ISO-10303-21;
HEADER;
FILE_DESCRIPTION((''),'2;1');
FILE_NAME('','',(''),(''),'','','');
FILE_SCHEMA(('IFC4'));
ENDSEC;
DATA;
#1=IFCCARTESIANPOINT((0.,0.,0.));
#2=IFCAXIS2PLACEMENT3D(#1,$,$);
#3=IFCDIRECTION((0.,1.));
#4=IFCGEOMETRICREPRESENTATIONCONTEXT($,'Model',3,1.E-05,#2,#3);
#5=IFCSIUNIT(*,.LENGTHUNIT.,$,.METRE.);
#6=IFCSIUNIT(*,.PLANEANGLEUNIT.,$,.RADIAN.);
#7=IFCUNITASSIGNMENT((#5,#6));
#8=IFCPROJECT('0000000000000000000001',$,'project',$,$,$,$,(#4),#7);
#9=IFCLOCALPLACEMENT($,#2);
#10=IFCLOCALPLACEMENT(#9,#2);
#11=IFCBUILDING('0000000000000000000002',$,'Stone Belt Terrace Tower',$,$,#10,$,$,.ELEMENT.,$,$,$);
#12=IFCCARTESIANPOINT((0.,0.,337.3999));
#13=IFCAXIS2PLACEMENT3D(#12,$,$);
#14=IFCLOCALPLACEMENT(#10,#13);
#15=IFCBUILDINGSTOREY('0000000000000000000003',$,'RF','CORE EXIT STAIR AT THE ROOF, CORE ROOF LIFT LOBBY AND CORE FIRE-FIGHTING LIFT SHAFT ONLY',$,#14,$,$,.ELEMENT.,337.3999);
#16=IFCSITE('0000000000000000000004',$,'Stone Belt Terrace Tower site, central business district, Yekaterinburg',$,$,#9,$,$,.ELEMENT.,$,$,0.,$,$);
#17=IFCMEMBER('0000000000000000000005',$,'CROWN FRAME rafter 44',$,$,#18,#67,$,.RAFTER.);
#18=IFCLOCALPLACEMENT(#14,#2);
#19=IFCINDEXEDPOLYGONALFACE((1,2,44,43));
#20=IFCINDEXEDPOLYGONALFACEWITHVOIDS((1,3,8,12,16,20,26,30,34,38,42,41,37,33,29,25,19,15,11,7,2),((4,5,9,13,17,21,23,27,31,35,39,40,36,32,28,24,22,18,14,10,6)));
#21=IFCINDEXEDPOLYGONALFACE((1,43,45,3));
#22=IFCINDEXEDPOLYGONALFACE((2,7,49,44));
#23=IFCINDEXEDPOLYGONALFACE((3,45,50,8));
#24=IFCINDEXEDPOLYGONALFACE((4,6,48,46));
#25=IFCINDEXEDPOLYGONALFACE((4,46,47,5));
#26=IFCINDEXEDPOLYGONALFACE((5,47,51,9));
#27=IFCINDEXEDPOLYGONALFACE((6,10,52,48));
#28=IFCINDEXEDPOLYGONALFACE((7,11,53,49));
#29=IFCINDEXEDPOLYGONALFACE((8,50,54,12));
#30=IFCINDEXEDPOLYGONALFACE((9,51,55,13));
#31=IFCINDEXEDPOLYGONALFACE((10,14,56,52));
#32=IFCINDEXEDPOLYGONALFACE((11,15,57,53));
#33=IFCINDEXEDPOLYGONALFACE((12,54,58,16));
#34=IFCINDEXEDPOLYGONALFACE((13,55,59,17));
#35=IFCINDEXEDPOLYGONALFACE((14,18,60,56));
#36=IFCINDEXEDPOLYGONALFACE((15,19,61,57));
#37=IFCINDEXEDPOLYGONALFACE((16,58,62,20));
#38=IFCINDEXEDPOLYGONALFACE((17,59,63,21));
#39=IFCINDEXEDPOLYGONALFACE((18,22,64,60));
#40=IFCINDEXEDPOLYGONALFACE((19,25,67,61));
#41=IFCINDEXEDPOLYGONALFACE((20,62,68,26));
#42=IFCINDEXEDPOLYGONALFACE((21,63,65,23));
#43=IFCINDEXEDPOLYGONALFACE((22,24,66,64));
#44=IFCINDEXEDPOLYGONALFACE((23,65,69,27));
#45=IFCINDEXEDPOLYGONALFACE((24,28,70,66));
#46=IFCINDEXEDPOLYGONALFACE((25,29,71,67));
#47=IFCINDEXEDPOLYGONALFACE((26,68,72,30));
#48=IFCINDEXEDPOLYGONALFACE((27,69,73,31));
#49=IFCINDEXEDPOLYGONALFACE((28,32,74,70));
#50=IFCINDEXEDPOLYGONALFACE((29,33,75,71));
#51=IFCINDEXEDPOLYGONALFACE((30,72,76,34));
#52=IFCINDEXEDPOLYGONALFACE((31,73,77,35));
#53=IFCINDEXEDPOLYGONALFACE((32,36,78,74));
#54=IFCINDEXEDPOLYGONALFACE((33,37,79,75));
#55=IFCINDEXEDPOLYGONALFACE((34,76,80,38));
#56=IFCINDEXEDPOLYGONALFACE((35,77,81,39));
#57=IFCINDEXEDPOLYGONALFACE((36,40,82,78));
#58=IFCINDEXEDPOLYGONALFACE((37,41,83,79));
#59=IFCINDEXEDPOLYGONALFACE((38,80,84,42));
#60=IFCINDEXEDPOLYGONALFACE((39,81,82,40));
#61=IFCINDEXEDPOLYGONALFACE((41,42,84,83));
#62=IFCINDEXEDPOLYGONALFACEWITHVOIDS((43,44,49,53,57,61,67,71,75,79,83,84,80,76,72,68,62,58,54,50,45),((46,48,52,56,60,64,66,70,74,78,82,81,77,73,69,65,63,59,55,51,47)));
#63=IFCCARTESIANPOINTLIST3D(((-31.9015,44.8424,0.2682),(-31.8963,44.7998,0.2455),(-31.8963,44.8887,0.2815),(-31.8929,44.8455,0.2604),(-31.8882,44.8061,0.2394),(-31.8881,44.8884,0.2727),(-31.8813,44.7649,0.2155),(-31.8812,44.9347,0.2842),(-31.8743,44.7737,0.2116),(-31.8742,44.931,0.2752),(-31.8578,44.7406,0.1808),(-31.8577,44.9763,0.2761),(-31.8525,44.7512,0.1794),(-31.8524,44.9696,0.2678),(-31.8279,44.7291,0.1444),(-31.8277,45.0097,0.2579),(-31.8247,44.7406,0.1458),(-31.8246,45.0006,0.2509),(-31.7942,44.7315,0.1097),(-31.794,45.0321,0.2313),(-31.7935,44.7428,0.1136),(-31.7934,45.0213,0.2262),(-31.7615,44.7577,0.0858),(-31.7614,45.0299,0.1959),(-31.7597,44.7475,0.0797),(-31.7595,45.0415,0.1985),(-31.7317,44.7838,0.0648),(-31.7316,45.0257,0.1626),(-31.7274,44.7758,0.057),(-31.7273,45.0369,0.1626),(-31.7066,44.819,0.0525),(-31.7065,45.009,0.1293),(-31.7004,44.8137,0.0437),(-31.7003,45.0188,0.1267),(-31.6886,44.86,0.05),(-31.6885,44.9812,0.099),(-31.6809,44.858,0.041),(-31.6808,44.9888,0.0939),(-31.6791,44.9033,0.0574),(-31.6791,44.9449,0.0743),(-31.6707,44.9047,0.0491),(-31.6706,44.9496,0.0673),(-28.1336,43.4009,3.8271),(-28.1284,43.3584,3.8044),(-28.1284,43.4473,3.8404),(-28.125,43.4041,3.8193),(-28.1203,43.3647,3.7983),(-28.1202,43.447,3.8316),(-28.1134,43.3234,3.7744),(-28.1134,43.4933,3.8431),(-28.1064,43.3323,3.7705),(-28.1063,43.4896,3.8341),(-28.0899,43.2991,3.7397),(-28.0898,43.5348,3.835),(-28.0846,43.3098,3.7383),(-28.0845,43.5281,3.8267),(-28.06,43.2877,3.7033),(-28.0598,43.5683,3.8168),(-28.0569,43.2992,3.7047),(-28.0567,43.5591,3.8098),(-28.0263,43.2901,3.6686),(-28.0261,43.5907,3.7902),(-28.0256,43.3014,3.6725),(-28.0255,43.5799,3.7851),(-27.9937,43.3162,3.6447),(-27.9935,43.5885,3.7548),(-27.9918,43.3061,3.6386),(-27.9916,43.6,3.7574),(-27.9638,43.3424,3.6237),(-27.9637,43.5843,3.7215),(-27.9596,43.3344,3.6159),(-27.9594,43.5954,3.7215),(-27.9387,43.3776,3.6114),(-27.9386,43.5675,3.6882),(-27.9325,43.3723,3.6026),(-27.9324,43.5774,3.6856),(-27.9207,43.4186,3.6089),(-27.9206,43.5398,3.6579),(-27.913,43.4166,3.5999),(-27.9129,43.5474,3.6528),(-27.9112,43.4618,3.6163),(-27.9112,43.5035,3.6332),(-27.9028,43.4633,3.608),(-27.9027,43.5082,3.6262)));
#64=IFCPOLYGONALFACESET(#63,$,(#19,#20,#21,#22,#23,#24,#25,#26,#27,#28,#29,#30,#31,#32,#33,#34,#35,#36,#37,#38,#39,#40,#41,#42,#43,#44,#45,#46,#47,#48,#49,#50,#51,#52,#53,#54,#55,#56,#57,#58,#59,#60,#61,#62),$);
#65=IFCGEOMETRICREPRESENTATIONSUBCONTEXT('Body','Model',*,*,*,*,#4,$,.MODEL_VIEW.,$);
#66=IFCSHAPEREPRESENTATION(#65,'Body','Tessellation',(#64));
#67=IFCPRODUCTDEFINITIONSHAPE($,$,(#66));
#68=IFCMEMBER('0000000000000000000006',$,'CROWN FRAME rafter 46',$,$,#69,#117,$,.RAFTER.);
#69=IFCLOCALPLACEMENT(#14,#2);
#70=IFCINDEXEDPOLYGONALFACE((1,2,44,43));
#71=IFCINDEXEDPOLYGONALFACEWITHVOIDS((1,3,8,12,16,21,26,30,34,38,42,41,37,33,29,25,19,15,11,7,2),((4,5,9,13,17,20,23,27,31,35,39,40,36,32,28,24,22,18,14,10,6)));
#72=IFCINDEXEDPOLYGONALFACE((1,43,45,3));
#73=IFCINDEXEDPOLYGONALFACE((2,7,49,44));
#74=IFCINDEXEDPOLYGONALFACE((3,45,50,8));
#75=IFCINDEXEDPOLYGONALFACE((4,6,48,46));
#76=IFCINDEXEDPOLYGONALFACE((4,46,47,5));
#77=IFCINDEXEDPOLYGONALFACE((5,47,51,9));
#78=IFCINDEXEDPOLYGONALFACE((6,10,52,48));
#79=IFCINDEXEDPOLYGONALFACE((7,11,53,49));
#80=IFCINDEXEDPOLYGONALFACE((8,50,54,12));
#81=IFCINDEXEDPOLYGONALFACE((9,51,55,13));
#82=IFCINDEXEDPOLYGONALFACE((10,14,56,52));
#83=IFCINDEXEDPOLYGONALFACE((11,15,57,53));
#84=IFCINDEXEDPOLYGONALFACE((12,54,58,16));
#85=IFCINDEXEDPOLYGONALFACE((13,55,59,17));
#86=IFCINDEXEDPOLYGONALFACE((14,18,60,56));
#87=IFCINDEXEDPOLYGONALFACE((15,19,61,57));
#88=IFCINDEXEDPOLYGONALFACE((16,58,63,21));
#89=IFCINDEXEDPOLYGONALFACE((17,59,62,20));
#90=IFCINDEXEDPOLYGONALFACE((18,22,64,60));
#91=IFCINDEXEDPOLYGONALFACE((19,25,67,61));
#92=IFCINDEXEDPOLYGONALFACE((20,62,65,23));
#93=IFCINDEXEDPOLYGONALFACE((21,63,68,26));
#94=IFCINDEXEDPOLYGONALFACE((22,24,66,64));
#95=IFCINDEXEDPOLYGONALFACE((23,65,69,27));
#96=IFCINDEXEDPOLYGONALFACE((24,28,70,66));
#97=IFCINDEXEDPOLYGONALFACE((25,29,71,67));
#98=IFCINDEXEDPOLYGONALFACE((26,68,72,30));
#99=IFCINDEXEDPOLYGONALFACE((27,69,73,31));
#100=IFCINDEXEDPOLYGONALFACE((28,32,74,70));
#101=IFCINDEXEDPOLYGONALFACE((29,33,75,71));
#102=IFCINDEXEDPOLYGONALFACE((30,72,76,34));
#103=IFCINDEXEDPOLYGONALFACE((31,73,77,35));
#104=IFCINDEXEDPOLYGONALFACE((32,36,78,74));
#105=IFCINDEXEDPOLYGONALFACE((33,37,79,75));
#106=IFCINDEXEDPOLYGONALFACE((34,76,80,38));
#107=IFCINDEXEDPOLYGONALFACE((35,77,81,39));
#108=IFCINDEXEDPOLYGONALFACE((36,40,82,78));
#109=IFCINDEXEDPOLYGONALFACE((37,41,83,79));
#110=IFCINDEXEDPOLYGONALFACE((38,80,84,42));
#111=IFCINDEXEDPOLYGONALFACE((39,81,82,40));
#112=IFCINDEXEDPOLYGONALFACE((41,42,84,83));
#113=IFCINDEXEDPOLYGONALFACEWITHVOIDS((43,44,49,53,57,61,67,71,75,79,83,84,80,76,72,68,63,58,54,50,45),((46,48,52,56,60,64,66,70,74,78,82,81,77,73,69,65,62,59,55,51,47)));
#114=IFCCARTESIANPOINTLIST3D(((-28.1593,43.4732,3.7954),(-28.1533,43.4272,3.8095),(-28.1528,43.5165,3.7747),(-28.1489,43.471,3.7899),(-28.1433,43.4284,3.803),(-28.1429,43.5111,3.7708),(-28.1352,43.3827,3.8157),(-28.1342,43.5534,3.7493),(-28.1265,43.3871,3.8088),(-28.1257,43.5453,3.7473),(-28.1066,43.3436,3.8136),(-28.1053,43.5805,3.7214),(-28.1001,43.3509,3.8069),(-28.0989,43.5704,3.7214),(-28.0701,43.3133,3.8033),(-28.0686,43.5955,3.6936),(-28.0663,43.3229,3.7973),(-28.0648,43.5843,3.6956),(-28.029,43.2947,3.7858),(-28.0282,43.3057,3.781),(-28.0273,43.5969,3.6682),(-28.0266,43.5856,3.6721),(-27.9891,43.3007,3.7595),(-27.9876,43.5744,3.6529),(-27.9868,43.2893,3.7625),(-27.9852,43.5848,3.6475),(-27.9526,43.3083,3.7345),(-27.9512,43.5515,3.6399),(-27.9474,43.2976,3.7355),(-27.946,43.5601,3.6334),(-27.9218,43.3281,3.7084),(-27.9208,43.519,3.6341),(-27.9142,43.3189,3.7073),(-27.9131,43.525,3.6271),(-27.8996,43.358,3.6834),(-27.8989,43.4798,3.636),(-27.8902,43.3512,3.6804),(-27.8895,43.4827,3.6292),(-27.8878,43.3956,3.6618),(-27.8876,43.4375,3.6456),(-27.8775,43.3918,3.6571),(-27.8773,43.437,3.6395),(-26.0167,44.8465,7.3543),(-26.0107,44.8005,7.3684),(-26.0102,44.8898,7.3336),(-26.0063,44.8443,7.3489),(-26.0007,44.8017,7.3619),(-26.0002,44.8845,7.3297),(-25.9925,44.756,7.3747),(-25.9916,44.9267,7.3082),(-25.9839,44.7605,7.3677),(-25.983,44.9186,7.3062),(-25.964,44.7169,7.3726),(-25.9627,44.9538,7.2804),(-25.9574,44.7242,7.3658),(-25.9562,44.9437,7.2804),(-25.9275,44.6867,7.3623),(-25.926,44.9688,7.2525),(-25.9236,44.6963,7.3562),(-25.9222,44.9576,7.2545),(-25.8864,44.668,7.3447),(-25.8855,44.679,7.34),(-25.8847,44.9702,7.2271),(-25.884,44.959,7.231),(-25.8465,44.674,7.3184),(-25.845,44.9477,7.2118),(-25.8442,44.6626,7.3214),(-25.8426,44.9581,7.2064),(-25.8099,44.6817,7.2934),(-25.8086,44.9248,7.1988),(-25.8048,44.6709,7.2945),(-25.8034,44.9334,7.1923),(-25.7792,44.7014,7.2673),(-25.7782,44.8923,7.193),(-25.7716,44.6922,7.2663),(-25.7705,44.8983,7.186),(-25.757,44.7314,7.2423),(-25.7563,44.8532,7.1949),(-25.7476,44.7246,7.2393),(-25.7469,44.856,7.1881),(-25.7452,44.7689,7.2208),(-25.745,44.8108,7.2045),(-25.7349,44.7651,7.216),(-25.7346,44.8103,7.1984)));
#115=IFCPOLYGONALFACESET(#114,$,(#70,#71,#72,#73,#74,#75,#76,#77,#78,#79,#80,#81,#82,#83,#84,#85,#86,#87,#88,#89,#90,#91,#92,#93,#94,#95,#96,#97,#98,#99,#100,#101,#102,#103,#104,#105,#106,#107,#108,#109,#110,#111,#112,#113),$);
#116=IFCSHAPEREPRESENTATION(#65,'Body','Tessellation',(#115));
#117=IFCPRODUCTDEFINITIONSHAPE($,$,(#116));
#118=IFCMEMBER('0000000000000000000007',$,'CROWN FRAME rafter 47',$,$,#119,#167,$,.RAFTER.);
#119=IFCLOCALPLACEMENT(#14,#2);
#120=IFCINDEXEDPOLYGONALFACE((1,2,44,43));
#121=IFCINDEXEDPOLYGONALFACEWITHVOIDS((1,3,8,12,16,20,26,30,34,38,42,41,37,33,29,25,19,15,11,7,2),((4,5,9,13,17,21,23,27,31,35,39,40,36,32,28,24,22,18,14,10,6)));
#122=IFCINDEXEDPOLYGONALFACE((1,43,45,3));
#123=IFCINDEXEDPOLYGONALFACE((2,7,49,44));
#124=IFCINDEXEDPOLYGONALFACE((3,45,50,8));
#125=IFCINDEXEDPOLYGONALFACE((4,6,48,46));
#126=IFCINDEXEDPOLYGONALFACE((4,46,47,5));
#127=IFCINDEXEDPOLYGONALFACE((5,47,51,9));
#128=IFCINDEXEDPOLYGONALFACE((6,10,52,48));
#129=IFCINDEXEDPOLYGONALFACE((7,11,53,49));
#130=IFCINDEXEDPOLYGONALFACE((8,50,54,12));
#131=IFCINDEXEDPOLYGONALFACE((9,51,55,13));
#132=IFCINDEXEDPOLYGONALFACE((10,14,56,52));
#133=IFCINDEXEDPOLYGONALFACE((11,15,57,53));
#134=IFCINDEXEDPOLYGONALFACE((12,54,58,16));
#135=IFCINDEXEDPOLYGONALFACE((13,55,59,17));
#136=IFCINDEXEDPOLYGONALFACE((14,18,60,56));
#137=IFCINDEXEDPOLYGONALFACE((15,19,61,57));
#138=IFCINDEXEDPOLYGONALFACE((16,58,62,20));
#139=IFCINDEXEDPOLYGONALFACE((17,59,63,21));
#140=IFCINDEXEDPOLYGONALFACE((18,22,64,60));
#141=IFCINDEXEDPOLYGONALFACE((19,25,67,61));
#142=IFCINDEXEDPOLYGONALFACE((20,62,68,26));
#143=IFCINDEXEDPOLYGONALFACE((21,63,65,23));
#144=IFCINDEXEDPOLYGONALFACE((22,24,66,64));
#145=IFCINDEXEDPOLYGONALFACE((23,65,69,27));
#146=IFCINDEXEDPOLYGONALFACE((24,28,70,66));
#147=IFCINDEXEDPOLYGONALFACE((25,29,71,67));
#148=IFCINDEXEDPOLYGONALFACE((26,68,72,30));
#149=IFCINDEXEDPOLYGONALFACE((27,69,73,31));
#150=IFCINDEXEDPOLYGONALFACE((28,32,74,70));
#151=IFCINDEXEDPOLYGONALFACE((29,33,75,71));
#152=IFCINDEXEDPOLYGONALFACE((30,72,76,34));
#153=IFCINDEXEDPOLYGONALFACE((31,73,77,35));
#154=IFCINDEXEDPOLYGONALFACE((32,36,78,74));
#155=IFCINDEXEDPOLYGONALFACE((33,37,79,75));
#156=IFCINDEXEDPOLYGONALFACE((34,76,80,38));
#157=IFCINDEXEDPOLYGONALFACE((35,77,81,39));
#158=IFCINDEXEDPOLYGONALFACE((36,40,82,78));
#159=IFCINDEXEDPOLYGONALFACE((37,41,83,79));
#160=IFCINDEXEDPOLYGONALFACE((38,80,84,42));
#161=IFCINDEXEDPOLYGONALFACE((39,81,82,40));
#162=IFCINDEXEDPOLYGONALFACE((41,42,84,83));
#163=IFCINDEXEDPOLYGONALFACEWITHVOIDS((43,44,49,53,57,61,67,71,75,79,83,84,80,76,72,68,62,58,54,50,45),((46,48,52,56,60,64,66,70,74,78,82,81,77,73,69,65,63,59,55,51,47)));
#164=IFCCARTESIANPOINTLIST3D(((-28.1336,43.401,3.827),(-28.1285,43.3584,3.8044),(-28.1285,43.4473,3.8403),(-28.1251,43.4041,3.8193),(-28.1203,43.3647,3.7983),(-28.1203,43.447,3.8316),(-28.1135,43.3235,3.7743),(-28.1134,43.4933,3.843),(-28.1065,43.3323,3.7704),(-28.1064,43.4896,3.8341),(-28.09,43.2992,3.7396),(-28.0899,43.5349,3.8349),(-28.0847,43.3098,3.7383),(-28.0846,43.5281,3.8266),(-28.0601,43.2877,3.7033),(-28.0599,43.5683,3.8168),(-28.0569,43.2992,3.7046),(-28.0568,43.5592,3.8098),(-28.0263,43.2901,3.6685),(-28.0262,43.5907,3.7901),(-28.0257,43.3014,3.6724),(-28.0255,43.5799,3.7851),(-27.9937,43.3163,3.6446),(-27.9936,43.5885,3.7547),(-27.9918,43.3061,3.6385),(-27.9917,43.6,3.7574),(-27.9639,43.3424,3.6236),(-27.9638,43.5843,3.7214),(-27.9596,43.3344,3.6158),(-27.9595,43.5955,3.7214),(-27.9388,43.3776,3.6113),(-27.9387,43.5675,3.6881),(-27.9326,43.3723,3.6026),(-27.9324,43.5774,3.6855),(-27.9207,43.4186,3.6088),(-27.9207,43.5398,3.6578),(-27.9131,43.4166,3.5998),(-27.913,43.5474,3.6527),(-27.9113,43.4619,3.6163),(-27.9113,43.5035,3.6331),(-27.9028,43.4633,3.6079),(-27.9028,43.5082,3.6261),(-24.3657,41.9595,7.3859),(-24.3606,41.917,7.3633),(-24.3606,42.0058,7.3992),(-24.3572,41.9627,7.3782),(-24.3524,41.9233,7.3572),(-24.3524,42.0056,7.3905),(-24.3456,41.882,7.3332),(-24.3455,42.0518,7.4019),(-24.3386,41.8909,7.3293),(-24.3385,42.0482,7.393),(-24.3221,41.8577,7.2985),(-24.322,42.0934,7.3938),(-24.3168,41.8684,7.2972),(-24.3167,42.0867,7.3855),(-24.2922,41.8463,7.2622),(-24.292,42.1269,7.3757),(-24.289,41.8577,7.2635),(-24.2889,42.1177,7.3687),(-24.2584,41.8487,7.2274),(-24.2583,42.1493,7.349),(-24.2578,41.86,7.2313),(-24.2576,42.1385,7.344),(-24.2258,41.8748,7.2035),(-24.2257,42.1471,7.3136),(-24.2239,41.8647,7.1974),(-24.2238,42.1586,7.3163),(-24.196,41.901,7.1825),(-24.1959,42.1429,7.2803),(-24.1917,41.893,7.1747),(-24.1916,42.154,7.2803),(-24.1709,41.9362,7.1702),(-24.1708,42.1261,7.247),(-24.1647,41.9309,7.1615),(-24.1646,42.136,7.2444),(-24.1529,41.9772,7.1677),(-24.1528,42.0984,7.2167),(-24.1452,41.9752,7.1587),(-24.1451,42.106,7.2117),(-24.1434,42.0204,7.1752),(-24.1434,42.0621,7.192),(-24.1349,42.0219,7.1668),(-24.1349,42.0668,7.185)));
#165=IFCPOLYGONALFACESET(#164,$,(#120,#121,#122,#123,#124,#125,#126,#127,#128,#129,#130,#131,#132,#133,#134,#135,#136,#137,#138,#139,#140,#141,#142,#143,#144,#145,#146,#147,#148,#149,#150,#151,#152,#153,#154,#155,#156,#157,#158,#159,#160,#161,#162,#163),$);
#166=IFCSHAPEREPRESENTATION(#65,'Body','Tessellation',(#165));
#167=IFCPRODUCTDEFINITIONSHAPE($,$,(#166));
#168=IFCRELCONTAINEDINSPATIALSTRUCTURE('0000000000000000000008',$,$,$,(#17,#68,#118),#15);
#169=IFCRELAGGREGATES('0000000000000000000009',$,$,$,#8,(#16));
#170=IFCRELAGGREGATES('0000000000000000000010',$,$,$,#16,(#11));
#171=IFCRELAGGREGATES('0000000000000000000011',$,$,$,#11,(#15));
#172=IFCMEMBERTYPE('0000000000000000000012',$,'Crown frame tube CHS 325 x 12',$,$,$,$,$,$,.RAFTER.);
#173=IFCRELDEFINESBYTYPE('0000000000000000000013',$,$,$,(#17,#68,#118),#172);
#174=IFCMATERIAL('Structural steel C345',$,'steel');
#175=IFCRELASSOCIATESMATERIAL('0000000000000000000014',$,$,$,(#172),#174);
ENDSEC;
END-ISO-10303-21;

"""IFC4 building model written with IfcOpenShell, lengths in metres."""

from ifc_helpers import new_model, si_unit, direction, frame, origin, origin_2d, place, context, subcontext, project, spatial, hollow_circle, extrude, material, material_profile, profile_set, type_object, element, save


model = new_model("IFC4")

# Units and contexts
model_context = context("Model", 3, precision=1e-05, world=origin(), true_north=direction((0.0, 1.0)))
body_context = subcontext(model_context, "Body", "Model", "MODEL_VIEW")
ifc_project = project(units=[si_unit("LENGTHUNIT", "METRE"), si_unit("PLANEANGLEUNIT", "RADIAN")], contexts=[model_context])

# Site, building, storey
site_placement = place(None, origin())
site = spatial("IfcSite", under=ifc_project, at=site_placement, Name="Stone Belt Terrace Tower site, central business district, Yekaterinburg", CompositionType="ELEMENT", RefElevation=0.0)
building_placement = place(site_placement, origin())
building = spatial("IfcBuilding", under=site, at=building_placement, Name="Stone Belt Terrace Tower", CompositionType="ELEMENT")
storey_placement = place(building_placement, frame((0.0, 0.0, 337.3999)))
storey = spatial("IfcBuildingStorey", under=building, at=storey_placement, Name="RF", Description="CORE EXIT STAIR AT THE ROOF, CORE ROOF LIFT LOBBY AND CORE FIRE-FIGHTING LIFT SHAFT ONLY", CompositionType="ELEMENT", Elevation=337.3999)

# Members
ifc_material_1 = material(Name="Structural steel C345", Category="steel")
ifc_material_profile_1 = material_profile(ifc_material_1, hollow_circle(Radius=0.1626, WallThickness=0.012, at=origin_2d()), Name="Structural steel C345 CHS 325x12")
ifc_profile_set_1 = profile_set([ifc_material_profile_1], Name="Structural steel C345")
member_type_1 = type_object("IfcMemberType", Name="Crown frame tube CHS 325 x 12", PredefinedType="RAFTER", material=ifc_profile_set_1)
member_1_placement = place(storey_placement, frame((-31.7854, 44.885, 0.1626), z_axis=(0.700398, -0.267942, 0.66155), x_axis=(0.357304, 0.933988, 0.0)))
element("IfcMember", 1, at=member_1_placement, inside=storey, type_object=member_type_1, Name="CROWN FRAME rafter 44", PredefinedType="RAFTER", context=body_context, shape_type="SweptSolid", body=[
    extrude(hollow_circle(Radius=0.1626, WallThickness=0.012, at=origin_2d()), origin(), (0.0, 0.0, 1.0), 5.3796),
])
member_2_placement = place(storey_placement, frame((-28.0176, 43.4436, 3.7214), z_axis=(0.489716, 0.313885, 0.813422), x_axis=(-0.539623, 0.841907, 0.0)))
element("IfcMember", 2, at=member_2_placement, inside=storey, type_object=member_type_1, Name="CROWN FRAME rafter 46", PredefinedType="RAFTER", context=body_context, shape_type="SweptSolid", body=[
    extrude(hollow_circle(Radius=0.1626, WallThickness=0.012, at=origin_2d()), origin(), (0.0, 0.0, 1.0), 4.3752),
])
member_3_placement = place(storey_placement, frame((-28.0176, 43.4436, 3.7214), z_axis=(0.700398, -0.267942, 0.66155), x_axis=(0.357304, 0.933988, 0.0)))
element("IfcMember", 3, at=member_3_placement, inside=storey, type_object=member_type_1, Name="CROWN FRAME rafter 47", PredefinedType="RAFTER", context=body_context, shape_type="SweptSolid", body=[
    extrude(hollow_circle(Radius=0.1626, WallThickness=0.012, at=origin_2d()), origin(), (0.0, 0.0, 1.0), 5.3796),
])

save(model, "model.ifc")
